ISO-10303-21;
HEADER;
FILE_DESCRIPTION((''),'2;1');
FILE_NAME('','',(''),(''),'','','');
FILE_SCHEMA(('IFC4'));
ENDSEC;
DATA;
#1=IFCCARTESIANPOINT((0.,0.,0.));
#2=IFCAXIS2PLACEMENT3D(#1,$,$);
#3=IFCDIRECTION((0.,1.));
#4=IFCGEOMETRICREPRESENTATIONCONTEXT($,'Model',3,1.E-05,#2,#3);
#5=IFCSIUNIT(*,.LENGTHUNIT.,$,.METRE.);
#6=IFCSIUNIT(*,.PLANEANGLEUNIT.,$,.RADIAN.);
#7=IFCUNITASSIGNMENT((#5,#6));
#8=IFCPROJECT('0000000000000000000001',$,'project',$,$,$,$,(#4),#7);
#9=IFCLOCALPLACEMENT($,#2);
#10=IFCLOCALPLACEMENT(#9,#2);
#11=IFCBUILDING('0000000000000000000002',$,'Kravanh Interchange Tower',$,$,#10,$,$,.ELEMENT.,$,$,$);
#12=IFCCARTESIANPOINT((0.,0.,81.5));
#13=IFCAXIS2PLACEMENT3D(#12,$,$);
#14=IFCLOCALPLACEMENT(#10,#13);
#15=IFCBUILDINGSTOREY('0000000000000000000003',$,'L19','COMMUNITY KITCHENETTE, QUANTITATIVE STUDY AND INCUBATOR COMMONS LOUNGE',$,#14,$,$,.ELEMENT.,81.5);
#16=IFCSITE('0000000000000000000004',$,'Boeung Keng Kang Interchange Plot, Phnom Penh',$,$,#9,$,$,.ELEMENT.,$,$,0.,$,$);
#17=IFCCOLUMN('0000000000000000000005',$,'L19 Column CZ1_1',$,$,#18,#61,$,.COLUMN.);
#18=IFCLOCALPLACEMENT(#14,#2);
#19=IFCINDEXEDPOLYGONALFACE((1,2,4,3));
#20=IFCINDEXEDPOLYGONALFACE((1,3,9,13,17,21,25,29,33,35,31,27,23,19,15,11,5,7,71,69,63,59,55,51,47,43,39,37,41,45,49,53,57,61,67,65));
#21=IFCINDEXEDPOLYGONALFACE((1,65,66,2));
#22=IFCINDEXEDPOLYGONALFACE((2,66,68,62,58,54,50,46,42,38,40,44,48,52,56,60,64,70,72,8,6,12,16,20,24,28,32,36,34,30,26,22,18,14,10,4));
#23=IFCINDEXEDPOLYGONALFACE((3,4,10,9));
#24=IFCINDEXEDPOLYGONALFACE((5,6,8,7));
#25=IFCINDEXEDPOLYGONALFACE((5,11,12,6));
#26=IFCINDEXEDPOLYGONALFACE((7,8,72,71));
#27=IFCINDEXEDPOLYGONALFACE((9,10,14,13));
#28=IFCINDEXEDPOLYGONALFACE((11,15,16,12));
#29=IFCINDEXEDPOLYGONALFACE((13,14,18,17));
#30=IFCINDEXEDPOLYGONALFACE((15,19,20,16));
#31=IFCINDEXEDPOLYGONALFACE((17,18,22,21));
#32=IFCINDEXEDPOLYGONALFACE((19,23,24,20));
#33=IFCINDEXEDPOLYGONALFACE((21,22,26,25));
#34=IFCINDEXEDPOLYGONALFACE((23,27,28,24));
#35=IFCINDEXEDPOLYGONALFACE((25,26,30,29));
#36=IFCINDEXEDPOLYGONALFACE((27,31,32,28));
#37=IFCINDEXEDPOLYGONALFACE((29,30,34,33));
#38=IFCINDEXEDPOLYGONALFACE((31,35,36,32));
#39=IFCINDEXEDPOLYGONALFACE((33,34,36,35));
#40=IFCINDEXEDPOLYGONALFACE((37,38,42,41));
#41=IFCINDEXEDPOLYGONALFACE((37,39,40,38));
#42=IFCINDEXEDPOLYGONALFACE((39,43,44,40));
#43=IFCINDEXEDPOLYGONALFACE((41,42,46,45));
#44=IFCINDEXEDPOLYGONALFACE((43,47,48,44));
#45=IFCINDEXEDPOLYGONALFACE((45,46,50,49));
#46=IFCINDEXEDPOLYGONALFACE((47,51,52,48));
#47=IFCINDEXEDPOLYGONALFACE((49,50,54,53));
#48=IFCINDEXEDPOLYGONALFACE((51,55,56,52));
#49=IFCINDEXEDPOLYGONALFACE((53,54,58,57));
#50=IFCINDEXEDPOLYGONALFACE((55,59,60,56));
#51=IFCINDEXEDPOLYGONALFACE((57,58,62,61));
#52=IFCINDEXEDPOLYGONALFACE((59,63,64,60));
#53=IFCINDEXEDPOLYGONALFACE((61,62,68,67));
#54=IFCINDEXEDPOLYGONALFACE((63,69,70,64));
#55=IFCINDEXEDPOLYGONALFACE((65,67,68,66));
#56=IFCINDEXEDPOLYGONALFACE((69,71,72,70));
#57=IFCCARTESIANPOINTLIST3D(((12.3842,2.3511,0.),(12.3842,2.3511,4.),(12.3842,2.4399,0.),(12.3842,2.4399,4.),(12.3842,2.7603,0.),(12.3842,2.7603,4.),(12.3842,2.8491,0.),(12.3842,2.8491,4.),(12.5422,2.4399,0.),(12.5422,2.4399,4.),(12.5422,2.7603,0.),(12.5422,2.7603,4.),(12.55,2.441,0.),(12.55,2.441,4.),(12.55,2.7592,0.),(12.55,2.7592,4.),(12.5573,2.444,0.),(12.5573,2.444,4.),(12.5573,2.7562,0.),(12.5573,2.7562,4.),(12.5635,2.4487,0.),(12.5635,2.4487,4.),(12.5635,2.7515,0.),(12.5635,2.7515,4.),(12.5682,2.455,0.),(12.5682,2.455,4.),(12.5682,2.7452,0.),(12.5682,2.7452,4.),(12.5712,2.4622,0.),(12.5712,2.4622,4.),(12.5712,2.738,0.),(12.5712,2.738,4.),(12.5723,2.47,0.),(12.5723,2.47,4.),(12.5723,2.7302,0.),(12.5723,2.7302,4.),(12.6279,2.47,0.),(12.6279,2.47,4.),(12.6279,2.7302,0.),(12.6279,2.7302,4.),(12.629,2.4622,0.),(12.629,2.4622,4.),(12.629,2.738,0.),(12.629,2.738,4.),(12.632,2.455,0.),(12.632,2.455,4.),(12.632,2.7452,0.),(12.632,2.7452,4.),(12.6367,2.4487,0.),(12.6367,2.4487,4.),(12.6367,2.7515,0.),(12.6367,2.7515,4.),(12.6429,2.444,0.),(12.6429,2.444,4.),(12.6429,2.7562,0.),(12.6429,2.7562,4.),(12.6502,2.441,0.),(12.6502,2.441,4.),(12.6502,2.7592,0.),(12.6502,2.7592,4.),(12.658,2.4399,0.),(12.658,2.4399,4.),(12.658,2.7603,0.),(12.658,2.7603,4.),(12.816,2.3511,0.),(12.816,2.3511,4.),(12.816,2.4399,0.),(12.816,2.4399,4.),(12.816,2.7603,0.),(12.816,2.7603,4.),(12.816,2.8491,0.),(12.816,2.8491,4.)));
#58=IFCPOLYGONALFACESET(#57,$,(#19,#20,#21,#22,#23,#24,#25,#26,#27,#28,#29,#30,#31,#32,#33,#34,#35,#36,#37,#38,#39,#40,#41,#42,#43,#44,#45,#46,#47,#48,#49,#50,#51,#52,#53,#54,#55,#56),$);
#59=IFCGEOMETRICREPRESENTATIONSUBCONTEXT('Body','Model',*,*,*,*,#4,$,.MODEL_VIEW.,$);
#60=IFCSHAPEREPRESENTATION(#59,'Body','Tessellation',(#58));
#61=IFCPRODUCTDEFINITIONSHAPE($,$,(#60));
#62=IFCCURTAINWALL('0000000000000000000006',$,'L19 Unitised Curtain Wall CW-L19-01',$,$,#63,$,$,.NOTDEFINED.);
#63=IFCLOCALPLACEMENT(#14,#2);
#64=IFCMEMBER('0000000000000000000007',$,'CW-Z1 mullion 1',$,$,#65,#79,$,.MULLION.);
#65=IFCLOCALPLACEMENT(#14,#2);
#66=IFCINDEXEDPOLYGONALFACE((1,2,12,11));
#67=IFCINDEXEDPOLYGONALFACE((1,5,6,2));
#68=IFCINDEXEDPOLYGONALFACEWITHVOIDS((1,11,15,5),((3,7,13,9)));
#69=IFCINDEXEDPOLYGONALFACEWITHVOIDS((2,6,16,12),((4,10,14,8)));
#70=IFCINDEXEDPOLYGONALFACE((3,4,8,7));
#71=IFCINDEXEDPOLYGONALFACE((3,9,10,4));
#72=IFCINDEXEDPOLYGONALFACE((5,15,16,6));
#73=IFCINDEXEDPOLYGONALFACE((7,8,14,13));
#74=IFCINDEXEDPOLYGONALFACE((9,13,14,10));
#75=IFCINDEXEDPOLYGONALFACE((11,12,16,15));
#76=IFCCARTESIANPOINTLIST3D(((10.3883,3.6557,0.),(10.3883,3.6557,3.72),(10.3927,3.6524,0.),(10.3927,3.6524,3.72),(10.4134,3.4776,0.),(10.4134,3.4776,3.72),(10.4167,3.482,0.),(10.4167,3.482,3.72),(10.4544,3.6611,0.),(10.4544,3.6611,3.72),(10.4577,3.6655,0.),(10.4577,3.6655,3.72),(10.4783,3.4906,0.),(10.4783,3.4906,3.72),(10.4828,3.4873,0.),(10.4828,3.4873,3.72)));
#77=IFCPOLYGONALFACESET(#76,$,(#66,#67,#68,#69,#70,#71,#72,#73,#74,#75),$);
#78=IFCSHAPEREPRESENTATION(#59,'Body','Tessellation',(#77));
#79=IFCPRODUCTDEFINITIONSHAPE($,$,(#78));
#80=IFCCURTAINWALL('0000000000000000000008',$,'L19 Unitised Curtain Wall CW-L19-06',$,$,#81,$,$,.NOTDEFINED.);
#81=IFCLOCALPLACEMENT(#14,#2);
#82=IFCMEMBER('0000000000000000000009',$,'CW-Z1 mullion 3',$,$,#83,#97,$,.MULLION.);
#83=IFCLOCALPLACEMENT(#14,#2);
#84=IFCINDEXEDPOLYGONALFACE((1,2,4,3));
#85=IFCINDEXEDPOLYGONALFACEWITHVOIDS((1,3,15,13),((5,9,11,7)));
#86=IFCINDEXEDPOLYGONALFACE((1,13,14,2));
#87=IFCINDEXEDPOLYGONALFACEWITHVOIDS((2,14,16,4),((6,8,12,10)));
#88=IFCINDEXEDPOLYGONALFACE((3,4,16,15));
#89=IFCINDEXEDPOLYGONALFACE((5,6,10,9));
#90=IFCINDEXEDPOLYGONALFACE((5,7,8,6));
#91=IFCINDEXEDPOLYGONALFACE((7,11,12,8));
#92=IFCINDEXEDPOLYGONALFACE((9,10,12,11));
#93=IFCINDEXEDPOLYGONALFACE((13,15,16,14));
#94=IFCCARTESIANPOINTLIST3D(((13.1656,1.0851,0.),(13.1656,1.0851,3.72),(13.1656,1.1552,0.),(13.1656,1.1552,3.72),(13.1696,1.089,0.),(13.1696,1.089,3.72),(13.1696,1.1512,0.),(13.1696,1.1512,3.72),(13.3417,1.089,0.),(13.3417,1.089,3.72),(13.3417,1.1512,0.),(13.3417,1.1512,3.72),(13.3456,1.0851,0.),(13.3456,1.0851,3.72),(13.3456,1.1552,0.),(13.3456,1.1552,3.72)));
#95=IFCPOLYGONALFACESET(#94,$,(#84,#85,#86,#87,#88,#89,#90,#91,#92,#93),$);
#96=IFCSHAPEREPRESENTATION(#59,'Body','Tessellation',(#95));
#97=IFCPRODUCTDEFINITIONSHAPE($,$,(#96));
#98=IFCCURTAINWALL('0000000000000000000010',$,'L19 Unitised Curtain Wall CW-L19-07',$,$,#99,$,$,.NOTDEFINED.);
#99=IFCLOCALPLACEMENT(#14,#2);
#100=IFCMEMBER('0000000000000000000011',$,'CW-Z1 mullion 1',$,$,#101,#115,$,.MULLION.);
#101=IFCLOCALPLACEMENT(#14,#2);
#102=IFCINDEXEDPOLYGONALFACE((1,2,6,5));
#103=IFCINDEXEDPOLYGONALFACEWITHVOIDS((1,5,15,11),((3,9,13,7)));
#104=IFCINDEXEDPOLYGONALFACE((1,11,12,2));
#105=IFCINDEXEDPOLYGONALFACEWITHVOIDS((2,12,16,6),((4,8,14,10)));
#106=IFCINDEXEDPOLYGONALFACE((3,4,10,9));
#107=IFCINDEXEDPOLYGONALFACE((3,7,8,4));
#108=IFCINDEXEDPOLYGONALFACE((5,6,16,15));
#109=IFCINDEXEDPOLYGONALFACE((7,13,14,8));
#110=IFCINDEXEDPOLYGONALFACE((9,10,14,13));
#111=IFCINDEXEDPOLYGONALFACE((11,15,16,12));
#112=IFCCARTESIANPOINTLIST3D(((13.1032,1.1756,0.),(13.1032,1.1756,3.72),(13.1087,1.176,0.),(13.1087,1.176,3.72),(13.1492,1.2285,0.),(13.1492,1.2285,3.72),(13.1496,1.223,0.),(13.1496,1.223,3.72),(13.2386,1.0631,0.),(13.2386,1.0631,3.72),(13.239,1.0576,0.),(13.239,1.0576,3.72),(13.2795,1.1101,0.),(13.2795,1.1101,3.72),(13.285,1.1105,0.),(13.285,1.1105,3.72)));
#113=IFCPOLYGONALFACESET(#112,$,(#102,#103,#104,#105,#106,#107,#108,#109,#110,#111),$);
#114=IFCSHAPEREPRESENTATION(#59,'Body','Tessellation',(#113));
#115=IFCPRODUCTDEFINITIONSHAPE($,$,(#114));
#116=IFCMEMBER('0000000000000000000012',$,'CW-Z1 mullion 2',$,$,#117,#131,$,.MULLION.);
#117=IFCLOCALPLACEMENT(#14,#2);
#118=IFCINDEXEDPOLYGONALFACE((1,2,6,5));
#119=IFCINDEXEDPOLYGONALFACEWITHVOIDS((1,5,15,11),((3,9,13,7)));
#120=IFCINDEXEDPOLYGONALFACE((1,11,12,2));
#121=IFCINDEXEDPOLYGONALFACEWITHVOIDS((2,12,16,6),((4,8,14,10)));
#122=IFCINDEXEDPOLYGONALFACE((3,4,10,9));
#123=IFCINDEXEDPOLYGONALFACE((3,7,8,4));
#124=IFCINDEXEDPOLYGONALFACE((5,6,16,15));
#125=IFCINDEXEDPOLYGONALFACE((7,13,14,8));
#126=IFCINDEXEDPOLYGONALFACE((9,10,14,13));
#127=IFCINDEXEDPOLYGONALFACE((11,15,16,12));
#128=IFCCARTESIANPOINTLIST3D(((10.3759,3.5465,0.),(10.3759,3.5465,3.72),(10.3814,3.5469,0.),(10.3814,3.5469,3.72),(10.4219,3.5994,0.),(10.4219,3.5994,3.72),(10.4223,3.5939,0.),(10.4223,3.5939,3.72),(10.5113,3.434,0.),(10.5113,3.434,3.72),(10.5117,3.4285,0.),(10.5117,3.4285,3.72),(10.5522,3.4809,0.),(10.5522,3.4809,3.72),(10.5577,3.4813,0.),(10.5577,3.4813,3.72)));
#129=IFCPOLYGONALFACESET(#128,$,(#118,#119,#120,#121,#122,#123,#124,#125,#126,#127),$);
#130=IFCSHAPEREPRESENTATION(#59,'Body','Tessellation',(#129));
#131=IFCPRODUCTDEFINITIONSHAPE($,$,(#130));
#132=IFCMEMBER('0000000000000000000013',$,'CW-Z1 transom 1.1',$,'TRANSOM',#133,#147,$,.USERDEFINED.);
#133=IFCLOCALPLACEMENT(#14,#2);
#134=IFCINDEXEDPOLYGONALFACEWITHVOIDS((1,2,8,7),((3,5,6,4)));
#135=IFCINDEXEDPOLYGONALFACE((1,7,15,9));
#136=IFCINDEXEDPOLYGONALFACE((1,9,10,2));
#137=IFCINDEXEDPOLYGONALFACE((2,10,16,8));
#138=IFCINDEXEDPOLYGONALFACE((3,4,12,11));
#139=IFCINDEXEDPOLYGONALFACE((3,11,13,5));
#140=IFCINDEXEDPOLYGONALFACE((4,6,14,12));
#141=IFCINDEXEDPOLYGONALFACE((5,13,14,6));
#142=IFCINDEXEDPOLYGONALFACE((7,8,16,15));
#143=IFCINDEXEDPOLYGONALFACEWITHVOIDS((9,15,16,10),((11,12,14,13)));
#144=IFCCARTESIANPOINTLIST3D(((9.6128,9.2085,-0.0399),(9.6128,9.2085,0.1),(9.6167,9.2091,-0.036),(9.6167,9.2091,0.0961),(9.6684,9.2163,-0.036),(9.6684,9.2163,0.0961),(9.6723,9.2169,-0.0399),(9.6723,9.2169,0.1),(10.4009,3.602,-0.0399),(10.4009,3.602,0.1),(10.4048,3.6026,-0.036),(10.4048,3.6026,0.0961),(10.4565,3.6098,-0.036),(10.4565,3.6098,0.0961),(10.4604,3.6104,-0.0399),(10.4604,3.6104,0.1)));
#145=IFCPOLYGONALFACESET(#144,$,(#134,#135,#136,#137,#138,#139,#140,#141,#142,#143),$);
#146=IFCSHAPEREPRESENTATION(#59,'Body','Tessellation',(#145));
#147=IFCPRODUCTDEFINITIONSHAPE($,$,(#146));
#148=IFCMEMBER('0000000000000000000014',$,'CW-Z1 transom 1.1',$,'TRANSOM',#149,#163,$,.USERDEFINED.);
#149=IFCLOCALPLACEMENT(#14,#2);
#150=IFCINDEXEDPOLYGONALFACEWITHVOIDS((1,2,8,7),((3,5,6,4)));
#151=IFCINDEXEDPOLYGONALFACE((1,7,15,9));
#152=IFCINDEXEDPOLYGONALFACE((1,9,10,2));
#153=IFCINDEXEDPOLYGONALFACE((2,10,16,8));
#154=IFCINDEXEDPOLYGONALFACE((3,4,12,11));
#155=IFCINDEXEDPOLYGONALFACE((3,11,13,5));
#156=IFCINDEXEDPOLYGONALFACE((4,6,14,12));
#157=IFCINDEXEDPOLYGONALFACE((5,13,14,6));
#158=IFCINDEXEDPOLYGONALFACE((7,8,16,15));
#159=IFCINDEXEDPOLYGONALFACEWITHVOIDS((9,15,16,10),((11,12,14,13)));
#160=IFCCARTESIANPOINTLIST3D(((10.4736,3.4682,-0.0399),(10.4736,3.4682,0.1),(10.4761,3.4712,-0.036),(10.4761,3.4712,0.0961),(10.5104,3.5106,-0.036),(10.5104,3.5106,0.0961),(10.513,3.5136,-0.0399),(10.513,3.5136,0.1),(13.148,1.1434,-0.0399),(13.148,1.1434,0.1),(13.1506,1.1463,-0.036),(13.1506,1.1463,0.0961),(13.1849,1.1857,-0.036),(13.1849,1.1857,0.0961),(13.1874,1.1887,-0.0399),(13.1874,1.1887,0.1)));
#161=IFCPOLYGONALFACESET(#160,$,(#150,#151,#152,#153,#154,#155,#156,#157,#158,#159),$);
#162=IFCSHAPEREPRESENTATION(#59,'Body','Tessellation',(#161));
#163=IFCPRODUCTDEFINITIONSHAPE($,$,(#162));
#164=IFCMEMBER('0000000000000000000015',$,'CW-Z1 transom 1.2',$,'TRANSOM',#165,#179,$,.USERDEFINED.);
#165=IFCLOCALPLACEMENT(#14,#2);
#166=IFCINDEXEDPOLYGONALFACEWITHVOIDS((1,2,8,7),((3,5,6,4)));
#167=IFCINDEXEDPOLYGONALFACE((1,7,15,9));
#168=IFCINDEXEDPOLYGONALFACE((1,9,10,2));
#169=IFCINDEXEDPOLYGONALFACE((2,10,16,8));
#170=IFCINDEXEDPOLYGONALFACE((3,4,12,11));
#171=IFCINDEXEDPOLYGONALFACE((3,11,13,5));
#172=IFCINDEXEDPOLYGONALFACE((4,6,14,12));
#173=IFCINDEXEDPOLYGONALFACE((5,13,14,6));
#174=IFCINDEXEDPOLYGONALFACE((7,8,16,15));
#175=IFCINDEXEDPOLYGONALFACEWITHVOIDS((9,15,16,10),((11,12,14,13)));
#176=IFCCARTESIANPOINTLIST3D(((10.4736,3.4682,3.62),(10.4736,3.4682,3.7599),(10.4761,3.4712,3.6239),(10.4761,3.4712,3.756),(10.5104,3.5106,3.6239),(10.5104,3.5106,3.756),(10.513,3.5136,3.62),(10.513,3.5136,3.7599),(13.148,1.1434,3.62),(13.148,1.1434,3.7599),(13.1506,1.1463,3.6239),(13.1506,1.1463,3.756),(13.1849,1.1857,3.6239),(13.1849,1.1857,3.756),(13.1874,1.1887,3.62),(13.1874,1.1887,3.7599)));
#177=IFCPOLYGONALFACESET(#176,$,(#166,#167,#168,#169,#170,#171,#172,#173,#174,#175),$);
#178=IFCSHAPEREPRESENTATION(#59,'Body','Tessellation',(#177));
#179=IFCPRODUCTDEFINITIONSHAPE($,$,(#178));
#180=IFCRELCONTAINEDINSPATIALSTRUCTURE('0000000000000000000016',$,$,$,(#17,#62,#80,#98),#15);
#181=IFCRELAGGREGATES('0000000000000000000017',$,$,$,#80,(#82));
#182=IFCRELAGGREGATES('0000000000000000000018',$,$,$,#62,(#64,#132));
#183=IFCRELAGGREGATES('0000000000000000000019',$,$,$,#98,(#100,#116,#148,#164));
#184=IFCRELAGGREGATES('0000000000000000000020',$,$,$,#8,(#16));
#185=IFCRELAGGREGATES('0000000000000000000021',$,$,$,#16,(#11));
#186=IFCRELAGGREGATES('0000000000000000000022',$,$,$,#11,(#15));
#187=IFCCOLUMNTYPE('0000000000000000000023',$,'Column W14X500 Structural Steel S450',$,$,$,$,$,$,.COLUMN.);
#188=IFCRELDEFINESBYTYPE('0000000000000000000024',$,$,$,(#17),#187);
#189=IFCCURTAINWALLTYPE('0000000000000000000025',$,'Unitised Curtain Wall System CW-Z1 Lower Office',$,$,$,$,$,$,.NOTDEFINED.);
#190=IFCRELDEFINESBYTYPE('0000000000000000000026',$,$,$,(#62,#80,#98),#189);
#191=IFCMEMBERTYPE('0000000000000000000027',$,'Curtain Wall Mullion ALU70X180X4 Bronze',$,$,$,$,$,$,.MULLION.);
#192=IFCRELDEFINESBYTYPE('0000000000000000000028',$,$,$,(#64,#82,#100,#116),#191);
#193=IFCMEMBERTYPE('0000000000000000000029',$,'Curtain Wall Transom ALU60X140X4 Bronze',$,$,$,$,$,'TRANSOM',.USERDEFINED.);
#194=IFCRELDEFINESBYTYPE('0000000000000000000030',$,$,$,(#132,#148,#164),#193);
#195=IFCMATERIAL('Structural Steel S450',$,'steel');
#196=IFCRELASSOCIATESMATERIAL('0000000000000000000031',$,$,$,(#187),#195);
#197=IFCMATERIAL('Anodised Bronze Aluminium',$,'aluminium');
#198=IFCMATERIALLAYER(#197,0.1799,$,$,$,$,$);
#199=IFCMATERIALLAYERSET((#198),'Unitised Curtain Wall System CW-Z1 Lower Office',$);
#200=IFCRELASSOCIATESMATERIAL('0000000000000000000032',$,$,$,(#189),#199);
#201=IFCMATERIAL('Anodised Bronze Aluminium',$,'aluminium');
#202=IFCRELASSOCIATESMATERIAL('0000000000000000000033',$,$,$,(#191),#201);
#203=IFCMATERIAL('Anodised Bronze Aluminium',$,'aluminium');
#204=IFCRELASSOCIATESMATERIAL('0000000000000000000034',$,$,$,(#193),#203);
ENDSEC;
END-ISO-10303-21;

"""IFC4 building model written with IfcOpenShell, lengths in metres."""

from ifc_helpers import new_model, si_unit, direction, frame, origin, origin_2d, place, context, subcontext, project, spatial, hollow_rectangle, i_section, extrude, material, layer, layer_set, material_profile, profile_set, type_object, element, aggregate, save


model = new_model("IFC4")

# Units and contexts
model_context = context("Model", 3, precision=1e-05, world=origin(), true_north=direction((0.0, 1.0)))
body_context = subcontext(model_context, "Body", "Model", "MODEL_VIEW")
ifc_project = project(units=[si_unit("LENGTHUNIT", "METRE"), si_unit("PLANEANGLEUNIT", "RADIAN")], contexts=[model_context])

# Site, building, storey
site_placement = place(None, origin())
site = spatial("IfcSite", under=ifc_project, at=site_placement, Name="Boeung Keng Kang Interchange Plot, Phnom Penh", CompositionType="ELEMENT", RefElevation=0.0)
building_placement = place(site_placement, origin())
building = spatial("IfcBuilding", under=site, at=building_placement, Name="Kravanh Interchange Tower", CompositionType="ELEMENT")
storey_placement = place(building_placement, frame((0.0, 0.0, 81.5)))
storey = spatial("IfcBuildingStorey", under=building, at=storey_placement, Name="L19", Description="COMMUNITY KITCHENETTE, QUANTITATIVE STUDY AND INCUBATOR COMMONS LOUNGE", CompositionType="ELEMENT", Elevation=81.5)

# Column
ifc_material_1 = material(Name="Structural Steel S450", Category="steel")
ifc_material_profile_1 = material_profile(ifc_material_1, i_section(OverallWidth=0.4319, OverallDepth=0.498, WebThickness=0.0557, FlangeThickness=0.0889, FilletRadius=0.03, at=origin_2d()), Name="W14X500")
ifc_profile_set_1 = profile_set([ifc_material_profile_1], Name="Structural Steel S450")
column_type = type_object("IfcColumnType", Name="Column W14X500 Structural Steel S450", PredefinedType="COLUMN", material=ifc_profile_set_1)
column_placement = place(storey_placement, frame((12.6001, 2.6001, 0.0), z_axis=(0.0, 0.0, 1.0), x_axis=(1.0, 0.0, 0.0)))
element("IfcColumn", 1, at=column_placement, inside=storey, type_object=column_type, Name="L19 Column CZ1_1", PredefinedType="COLUMN", context=body_context, shape_type="SweptSolid", body=[
    extrude(i_section(OverallWidth=0.4319, OverallDepth=0.498, WebThickness=0.0557, FlangeThickness=0.0889, FilletRadius=0.03, at=origin_2d()), origin(), (0.0, 0.0, 1.0), 4.0),
])

# Curtain walls, members
ifc_material_2 = material(Name="Anodised Bronze Aluminium", Category="aluminium")
ifc_layer_1 = layer(ifc_material_2, 0.1799)
ifc_layer_set_1 = layer_set([ifc_layer_1], Name="Unitised Curtain Wall System CW-Z1 Lower Office")
curtain_wall_type = type_object("IfcCurtainWallType", Name="Unitised Curtain Wall System CW-Z1 Lower Office", PredefinedType="NOTDEFINED", material=ifc_layer_set_1)
curtain_wall_1_placement = place(storey_placement, origin())
curtain_wall_1 = element("IfcCurtainWall", 2, at=curtain_wall_1_placement, inside=storey, type_object=curtain_wall_type, Name="L19 Unitised Curtain Wall CW-L19-01", PredefinedType="NOTDEFINED")
ifc_material_3 = material(Name="Anodised Bronze Aluminium", Category="aluminium")
ifc_material_profile_2 = material_profile(ifc_material_3, hollow_rectangle(XDim=0.0701, YDim=0.1799, WallThickness=0.0039, at=origin_2d()), Name="ALU70X180X4")
ifc_profile_set_2 = profile_set([ifc_material_profile_2], Name="Anodised Bronze Aluminium")
member_type_1 = type_object("IfcMemberType", Name="Curtain Wall Mullion ALU70X180X4 Bronze", PredefinedType="MULLION", material=ifc_profile_set_2)
member_1_placement = place(storey_placement, frame((10.4355, 3.5715, 0.0), z_axis=(0.0, 0.0, 1.0), x_axis=(-0.990268, -0.139177, 0.0)))
member_1 = element("IfcMember", 3, at=member_1_placement, type_object=member_type_1, Name="CW-Z1 mullion 1", PredefinedType="MULLION", context=body_context, shape_type="SweptSolid", body=[
    extrude(hollow_rectangle(XDim=0.0701, YDim=0.1799, WallThickness=0.0039, at=origin_2d()), origin(), (0.0, 0.0, 1.0), 3.72),
])
curtain_wall_2_placement = place(storey_placement, origin())
curtain_wall_2 = element("IfcCurtainWall", 4, at=curtain_wall_2_placement, inside=storey, type_object=curtain_wall_type, Name="L19 Unitised Curtain Wall CW-L19-06", PredefinedType="NOTDEFINED")
member_2_placement = place(storey_placement, frame((13.2556, 1.1201, 0.0), z_axis=(0.0, 0.0, 1.0), x_axis=(0.0, -1.0, 0.0)))
member_2 = element("IfcMember", 5, at=member_2_placement, type_object=member_type_1, Name="CW-Z1 mullion 3", PredefinedType="MULLION", context=body_context, shape_type="SweptSolid", body=[
    extrude(hollow_rectangle(XDim=0.0701, YDim=0.1799, WallThickness=0.0039, at=origin_2d()), origin(), (0.0, 0.0, 1.0), 3.72),
])
aggregate(curtain_wall_2, [member_2])

# Curtain wall, members
curtain_wall_3_placement = place(storey_placement, origin())
curtain_wall_3 = element("IfcCurtainWall", 6, at=curtain_wall_3_placement, inside=storey, type_object=curtain_wall_type, Name="L19 Unitised Curtain Wall CW-L19-07", PredefinedType="NOTDEFINED")
member_3_placement = place(storey_placement, frame((13.1941, 1.1431, 0.0), z_axis=(0.0, 0.0, 1.0), x_axis=(-0.65606, -0.754708, 0.0)))
member_3 = element("IfcMember", 7, at=member_3_placement, type_object=member_type_1, Name="CW-Z1 mullion 1", PredefinedType="MULLION", context=body_context, shape_type="SweptSolid", body=[
    extrude(hollow_rectangle(XDim=0.0701, YDim=0.1799, WallThickness=0.0039, at=origin_2d()), origin(), (0.0, 0.0, 1.0), 3.72),
])
member_4_placement = place(storey_placement, frame((10.4668, 3.5139, 0.0), z_axis=(0.0, 0.0, 1.0), x_axis=(-0.65606, -0.754708, 0.0)))
member_4 = element("IfcMember", 8, at=member_4_placement, type_object=member_type_1, Name="CW-Z1 mullion 2", PredefinedType="MULLION", context=body_context, shape_type="SweptSolid", body=[
    extrude(hollow_rectangle(XDim=0.0701, YDim=0.1799, WallThickness=0.0039, at=origin_2d()), origin(), (0.0, 0.0, 1.0), 3.72),
])

# Members
ifc_material_4 = material(Name="Anodised Bronze Aluminium", Category="aluminium")
ifc_material_profile_3 = material_profile(ifc_material_4, hollow_rectangle(XDim=0.0601, YDim=0.1399, WallThickness=0.0039, at=origin_2d()), Name="ALU60X140X4")
ifc_profile_set_3 = profile_set([ifc_material_profile_3], Name="Anodised Bronze Aluminium")
member_type_2 = type_object("IfcMemberType", Name="Curtain Wall Transom ALU60X140X4 Bronze", ElementType="TRANSOM", PredefinedType="USERDEFINED", material=ifc_profile_set_3)
member_5_placement = place(storey_placement, frame((10.4307, 3.6062, 0.03), z_axis=(-0.139199, 0.990264, 0.0), x_axis=(-0.990264, -0.139199, 0.0)))
member_5 = element("IfcMember", 9, at=member_5_placement, type_object=member_type_2, Name="CW-Z1 transom 1.1", ObjectType="TRANSOM", PredefinedType="USERDEFINED", context=body_context, shape_type="SweptSolid", body=[
    extrude(hollow_rectangle(XDim=0.0601, YDim=0.1399, WallThickness=0.0039, at=origin_2d()), origin(), (0.0, 0.0, 1.0), 5.6616),
])
aggregate(curtain_wall_1, [member_1, member_5])
member_6_placement = place(storey_placement, frame((13.1677, 1.166, 0.03), z_axis=(-0.754711, 0.656058, 0.0), x_axis=(-0.656058, -0.754711, 0.0)))
member_6 = element("IfcMember", 10, at=member_6_placement, type_object=member_type_2, Name="CW-Z1 transom 1.1", ObjectType="TRANSOM", PredefinedType="USERDEFINED", context=body_context, shape_type="SweptSolid", body=[
    extrude(hollow_rectangle(XDim=0.0601, YDim=0.1399, WallThickness=0.0039, at=origin_2d()), origin(), (0.0, 0.0, 1.0), 3.5437),
])
member_7_placement = place(storey_placement, frame((13.1677, 1.166, 3.6899), z_axis=(-0.754711, 0.656058, 0.0), x_axis=(-0.656058, -0.754711, 0.0)))
member_7 = element("IfcMember", 11, at=member_7_placement, type_object=member_type_2, Name="CW-Z1 transom 1.2", ObjectType="TRANSOM", PredefinedType="USERDEFINED", context=body_context, shape_type="SweptSolid", body=[
    extrude(hollow_rectangle(XDim=0.0601, YDim=0.1399, WallThickness=0.0039, at=origin_2d()), origin(), (0.0, 0.0, 1.0), 3.5437),
])

aggregate(curtain_wall_3, [member_3, member_4, member_6, member_7])

save(model, "model.ifc")
